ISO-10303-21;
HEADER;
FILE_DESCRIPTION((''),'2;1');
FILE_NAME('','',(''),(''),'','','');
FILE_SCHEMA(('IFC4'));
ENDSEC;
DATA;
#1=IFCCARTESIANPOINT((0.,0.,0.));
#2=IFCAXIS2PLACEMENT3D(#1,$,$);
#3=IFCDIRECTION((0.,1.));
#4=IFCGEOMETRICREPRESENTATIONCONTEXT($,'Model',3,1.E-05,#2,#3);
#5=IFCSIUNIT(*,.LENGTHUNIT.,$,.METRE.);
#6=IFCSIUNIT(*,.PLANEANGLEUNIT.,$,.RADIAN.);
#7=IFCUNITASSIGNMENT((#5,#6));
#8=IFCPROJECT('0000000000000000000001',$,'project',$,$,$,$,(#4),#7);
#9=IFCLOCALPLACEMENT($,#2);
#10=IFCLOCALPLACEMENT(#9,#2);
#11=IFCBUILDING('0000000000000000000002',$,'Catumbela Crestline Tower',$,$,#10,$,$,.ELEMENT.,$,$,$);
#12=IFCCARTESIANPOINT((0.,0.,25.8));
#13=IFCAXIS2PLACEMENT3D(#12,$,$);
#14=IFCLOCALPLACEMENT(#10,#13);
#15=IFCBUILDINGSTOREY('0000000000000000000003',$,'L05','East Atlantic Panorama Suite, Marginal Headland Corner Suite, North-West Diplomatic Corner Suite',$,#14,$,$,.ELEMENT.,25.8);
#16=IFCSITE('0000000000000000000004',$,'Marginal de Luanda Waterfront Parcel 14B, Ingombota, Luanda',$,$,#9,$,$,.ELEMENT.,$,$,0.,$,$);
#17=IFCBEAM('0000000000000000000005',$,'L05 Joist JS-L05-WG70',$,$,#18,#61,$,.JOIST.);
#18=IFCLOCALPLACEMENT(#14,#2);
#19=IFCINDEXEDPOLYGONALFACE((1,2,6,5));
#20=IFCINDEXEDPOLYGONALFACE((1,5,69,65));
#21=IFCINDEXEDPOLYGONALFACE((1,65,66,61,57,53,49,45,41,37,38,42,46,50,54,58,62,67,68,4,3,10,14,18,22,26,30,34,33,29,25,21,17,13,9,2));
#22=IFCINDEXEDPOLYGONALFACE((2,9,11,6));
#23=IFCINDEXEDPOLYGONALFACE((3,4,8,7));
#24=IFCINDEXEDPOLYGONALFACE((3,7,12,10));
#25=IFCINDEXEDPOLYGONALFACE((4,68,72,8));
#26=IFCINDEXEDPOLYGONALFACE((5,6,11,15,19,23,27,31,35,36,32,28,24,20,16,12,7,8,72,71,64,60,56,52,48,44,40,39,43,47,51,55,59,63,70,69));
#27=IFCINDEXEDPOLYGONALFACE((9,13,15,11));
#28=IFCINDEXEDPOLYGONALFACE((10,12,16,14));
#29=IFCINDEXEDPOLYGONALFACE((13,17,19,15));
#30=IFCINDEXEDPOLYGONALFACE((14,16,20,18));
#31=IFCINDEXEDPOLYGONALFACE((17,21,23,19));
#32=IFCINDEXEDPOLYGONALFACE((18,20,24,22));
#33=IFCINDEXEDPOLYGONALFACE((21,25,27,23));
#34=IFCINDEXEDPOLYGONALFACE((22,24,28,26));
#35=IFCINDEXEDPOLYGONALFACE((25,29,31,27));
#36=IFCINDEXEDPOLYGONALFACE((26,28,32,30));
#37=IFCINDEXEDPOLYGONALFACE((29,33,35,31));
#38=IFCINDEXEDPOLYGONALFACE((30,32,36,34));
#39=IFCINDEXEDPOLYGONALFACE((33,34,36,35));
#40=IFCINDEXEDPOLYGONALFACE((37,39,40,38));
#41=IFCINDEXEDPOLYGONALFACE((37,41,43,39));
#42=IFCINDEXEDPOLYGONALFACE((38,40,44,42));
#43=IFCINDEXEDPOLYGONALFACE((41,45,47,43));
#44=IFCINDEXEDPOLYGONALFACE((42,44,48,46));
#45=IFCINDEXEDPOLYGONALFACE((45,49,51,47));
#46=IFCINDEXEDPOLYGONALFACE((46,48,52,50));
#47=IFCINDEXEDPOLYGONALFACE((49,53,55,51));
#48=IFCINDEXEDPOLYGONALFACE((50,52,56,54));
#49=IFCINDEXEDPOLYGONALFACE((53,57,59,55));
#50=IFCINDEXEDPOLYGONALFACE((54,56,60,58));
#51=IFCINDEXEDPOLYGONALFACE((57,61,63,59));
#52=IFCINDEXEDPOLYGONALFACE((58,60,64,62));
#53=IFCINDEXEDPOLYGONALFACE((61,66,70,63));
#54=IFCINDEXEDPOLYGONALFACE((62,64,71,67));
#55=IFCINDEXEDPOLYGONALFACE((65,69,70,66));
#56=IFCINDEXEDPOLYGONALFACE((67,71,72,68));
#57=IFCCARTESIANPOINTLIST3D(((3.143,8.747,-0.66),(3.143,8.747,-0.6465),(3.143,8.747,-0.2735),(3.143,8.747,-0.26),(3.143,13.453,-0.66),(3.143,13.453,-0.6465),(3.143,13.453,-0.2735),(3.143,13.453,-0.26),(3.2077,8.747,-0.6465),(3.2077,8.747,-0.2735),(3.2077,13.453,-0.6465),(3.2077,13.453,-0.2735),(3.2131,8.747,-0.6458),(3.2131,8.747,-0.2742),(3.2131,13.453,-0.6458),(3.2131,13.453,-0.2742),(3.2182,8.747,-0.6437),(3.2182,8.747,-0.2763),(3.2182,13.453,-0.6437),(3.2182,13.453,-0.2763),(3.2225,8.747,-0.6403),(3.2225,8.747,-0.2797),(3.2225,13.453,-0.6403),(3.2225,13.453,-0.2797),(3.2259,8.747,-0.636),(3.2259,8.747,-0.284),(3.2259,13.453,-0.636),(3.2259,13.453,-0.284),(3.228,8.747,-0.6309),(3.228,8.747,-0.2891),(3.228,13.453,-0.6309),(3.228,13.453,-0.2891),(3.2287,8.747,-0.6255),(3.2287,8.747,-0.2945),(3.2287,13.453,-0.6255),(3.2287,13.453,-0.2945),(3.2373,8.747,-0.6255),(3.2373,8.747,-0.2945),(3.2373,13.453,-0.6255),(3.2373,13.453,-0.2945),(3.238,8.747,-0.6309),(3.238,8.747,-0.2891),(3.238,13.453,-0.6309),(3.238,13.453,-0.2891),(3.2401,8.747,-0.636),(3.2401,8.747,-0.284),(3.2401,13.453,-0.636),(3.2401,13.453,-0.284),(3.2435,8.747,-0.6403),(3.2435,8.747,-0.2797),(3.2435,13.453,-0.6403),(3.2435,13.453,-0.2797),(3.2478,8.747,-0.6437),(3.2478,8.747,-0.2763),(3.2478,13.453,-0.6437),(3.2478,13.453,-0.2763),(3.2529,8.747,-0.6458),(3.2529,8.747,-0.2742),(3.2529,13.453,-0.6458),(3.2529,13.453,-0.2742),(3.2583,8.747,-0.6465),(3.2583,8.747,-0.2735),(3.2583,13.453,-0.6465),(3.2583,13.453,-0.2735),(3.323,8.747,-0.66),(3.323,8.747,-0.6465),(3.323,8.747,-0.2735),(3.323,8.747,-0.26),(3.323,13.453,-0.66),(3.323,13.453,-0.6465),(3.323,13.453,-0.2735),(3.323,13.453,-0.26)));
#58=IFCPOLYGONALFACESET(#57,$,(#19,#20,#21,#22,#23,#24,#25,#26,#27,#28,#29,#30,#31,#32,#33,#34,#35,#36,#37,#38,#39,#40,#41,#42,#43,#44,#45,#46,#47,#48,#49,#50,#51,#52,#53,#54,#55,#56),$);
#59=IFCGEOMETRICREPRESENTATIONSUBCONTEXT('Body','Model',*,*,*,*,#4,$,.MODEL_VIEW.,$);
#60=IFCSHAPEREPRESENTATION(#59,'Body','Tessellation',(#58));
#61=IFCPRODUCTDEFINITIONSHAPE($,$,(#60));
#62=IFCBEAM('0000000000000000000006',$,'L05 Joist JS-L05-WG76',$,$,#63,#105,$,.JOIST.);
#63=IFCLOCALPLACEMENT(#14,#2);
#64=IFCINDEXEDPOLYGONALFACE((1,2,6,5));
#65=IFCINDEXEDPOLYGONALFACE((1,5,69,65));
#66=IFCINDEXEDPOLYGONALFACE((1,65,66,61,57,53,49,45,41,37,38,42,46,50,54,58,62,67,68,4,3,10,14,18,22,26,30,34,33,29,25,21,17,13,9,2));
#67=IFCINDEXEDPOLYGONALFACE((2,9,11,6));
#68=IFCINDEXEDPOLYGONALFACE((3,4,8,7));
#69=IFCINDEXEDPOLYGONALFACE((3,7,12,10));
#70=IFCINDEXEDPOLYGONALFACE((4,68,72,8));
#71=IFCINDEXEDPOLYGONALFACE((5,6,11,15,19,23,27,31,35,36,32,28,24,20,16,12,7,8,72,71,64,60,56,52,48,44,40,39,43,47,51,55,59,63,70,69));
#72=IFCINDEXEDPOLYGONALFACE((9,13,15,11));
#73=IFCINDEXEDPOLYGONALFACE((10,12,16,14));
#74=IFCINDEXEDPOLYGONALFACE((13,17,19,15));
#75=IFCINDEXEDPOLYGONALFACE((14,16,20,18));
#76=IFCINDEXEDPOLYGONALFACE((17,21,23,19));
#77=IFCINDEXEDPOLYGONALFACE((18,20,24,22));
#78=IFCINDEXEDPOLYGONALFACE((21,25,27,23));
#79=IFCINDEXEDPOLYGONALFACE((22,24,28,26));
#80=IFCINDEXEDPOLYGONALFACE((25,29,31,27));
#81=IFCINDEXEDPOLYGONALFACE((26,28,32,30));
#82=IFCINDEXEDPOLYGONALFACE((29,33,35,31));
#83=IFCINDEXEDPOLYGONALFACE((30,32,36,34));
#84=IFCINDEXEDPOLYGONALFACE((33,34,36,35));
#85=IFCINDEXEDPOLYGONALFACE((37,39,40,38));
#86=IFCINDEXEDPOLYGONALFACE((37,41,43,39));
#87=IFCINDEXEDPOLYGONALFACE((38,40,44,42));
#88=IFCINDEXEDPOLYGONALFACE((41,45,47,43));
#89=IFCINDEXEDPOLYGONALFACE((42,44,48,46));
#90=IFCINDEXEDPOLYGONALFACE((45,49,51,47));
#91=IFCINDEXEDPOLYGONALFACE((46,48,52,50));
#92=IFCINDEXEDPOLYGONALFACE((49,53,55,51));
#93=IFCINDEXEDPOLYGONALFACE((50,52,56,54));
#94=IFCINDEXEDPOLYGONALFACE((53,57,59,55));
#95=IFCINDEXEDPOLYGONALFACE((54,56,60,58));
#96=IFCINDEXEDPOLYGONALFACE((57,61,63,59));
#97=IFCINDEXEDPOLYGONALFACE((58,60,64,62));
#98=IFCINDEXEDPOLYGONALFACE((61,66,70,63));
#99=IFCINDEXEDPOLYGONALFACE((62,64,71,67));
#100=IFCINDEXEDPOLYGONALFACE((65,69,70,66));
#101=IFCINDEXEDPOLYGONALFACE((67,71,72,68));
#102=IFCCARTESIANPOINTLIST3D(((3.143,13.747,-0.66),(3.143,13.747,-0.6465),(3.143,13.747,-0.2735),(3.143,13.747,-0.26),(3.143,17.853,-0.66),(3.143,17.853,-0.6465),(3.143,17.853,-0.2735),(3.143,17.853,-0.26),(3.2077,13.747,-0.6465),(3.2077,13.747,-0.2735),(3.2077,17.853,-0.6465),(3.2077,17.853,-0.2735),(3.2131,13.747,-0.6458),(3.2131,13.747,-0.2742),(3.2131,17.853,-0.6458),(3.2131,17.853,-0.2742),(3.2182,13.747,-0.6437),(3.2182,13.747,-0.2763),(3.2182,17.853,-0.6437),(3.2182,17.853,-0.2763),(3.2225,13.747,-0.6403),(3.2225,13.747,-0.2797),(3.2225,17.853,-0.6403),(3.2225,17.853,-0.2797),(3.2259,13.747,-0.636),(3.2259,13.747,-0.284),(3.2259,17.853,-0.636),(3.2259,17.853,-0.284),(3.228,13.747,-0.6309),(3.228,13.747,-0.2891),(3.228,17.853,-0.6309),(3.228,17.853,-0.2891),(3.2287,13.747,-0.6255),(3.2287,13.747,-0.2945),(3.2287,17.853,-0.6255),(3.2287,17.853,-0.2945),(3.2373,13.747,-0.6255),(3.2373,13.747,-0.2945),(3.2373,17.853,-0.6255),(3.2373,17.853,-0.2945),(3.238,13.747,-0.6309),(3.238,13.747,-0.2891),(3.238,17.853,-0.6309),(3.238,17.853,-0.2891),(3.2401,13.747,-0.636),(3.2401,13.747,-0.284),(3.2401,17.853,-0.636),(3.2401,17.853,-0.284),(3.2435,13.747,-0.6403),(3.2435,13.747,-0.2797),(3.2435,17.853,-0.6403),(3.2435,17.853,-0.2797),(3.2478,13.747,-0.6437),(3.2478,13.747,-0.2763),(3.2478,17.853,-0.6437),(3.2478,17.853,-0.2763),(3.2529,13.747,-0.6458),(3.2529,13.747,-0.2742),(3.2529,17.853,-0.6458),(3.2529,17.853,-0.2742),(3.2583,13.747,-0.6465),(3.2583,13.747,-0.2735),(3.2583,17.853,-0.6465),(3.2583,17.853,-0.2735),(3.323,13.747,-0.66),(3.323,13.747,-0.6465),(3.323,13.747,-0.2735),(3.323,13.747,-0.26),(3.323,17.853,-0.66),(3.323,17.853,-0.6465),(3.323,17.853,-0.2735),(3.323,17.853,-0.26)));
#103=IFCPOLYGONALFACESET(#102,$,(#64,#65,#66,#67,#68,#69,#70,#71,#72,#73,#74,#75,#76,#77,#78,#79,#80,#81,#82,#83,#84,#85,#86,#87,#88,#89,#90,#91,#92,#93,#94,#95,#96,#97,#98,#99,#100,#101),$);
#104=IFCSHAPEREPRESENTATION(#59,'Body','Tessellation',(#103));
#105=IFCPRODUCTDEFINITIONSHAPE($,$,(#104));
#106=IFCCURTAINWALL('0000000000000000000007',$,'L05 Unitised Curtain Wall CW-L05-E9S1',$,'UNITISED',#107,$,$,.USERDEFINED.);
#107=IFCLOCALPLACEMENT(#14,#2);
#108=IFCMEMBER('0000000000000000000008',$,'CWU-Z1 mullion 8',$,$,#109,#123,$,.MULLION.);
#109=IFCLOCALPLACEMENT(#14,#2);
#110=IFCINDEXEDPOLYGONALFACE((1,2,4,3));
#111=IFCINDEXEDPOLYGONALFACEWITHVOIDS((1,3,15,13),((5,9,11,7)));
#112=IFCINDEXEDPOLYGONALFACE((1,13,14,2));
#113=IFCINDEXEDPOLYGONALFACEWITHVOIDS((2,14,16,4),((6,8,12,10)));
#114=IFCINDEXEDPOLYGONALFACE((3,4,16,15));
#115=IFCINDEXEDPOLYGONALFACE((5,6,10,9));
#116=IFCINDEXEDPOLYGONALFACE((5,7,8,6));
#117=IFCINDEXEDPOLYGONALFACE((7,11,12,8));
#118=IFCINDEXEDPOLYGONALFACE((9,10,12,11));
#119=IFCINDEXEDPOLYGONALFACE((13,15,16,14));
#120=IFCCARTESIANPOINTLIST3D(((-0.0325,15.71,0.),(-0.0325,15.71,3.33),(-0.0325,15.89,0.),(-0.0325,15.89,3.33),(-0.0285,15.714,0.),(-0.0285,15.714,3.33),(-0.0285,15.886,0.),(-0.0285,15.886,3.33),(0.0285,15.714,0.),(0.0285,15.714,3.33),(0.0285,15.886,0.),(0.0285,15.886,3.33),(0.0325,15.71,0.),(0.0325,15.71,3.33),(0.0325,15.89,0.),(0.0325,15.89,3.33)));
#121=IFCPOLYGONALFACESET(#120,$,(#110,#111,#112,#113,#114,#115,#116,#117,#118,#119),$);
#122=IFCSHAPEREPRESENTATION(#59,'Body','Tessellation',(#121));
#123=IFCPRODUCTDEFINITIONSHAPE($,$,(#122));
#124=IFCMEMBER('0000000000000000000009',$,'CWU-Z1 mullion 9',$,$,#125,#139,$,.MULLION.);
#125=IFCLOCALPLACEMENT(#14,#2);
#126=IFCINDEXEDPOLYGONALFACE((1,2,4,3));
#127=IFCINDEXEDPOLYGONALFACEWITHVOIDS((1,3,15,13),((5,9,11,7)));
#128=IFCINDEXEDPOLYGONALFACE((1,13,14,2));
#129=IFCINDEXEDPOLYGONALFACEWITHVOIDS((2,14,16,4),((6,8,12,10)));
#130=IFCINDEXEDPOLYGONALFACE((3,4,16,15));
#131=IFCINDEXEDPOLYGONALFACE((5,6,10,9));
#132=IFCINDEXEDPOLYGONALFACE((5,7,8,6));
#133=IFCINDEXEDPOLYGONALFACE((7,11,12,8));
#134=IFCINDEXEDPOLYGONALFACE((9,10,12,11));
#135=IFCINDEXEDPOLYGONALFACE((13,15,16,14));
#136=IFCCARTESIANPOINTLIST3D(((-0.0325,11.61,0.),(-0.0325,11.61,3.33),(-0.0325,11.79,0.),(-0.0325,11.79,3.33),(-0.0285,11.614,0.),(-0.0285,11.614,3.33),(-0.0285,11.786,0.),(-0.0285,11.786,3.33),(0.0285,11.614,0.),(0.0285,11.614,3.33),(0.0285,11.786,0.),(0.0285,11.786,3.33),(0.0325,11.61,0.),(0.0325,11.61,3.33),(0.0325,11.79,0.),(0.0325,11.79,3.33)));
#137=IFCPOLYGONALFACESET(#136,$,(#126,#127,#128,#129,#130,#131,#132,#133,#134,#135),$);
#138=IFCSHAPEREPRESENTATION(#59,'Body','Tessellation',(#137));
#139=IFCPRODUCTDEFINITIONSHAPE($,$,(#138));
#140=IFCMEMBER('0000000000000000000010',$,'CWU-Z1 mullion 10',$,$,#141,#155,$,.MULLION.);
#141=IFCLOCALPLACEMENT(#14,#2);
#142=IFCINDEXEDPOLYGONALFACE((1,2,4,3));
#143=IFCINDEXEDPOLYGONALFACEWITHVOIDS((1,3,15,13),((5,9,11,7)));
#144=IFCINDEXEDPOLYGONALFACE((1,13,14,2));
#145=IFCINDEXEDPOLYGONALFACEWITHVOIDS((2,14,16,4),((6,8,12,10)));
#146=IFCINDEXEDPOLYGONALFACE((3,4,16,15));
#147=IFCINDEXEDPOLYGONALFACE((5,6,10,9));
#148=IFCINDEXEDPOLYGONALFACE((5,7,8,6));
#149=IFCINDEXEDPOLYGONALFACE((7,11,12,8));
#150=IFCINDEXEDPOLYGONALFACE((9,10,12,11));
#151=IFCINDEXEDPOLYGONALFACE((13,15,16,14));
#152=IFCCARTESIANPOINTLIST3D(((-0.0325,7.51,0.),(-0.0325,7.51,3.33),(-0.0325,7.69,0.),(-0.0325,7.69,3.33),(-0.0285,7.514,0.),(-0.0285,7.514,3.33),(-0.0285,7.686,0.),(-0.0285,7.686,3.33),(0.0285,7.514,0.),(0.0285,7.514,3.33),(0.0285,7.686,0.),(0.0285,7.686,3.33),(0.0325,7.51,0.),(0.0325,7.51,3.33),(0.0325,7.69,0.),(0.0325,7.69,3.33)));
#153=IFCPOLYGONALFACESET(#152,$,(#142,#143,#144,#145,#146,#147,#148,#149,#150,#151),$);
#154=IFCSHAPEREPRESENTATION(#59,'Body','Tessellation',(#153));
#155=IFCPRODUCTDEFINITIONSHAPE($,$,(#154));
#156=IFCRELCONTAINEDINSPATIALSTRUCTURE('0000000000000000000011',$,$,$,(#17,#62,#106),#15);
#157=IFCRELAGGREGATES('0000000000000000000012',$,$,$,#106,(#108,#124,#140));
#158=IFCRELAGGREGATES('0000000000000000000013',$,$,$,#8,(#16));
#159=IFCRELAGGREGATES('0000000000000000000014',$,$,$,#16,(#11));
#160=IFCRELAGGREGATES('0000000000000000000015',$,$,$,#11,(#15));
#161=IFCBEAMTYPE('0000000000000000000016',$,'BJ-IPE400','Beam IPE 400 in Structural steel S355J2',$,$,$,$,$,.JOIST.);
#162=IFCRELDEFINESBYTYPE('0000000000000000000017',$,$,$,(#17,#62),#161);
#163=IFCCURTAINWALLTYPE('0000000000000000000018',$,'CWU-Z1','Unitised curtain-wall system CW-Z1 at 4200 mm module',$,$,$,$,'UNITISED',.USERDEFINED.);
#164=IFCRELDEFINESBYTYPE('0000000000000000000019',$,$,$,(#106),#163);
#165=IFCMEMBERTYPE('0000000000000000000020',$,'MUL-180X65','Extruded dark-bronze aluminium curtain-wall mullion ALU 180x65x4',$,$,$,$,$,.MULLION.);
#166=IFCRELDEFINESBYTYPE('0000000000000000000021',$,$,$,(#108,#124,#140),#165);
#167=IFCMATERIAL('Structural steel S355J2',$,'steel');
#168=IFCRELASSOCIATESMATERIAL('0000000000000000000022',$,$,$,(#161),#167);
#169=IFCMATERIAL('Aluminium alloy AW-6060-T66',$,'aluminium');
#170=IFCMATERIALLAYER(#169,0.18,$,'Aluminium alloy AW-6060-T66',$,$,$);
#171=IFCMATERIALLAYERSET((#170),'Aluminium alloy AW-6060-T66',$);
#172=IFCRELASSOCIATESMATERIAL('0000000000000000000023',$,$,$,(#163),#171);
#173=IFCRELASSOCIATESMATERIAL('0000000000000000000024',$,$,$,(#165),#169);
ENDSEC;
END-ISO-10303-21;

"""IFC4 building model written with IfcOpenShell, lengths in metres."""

from ifc_helpers import new_model, si_unit, direction, frame, origin, origin_2d, place, context, subcontext, project, spatial, hollow_rectangle, i_section, extrude, material, layer, layer_set, material_profile, profile_set, type_object, element, aggregate, save


model = new_model("IFC4")

# Units and contexts
model_context = context("Model", 3, precision=1e-05, world=origin(), true_north=direction((0.0, 1.0)))
body_context = subcontext(model_context, "Body", "Model", "MODEL_VIEW")
ifc_project = project(units=[si_unit("LENGTHUNIT", "METRE"), si_unit("PLANEANGLEUNIT", "RADIAN")], contexts=[model_context])

# Site, building, storey
site_placement = place(None, origin())
site = spatial("IfcSite", under=ifc_project, at=site_placement, Name="Marginal de Luanda Waterfront Parcel 14B, Ingombota, Luanda", CompositionType="ELEMENT", RefElevation=0.0)
building_placement = place(site_placement, origin())
building = spatial("IfcBuilding", under=site, at=building_placement, Name="Catumbela Crestline Tower", CompositionType="ELEMENT")
storey_placement = place(building_placement, frame((0.0, 0.0, 25.8)))
storey = spatial("IfcBuildingStorey", under=building, at=storey_placement, Name="L05", Description="East Atlantic Panorama Suite, Marginal Headland Corner Suite, North-West Diplomatic Corner Suite", CompositionType="ELEMENT", Elevation=25.8)

# Beams
ifc_material_1 = material(Name="Structural steel S355J2", Category="steel")
ifc_material_profile_1 = material_profile(ifc_material_1, i_section(OverallWidth=0.18, OverallDepth=0.4, WebThickness=0.0086, FlangeThickness=0.0135, FilletRadius=0.021, at=origin_2d()), Name="IPE 400")
ifc_profile_set_1 = profile_set([ifc_material_profile_1], Name="Structural steel S355J2")
beam_type_1 = type_object("IfcBeamType", Name="BJ-IPE400", Description="Beam IPE 400 in Structural steel S355J2", PredefinedType="JOIST", material=ifc_profile_set_1)
beam_1_placement = place(storey_placement, frame((3.233, 8.747, -0.46), z_axis=(0.0, 1.0, 0.0), x_axis=(-1.0, 0.0, 0.0)))
element("IfcBeam", 1, at=beam_1_placement, inside=storey, type_object=beam_type_1, Name="L05 Joist JS-L05-WG70", PredefinedType="JOIST", context=body_context, shape_type="SweptSolid", body=[
    extrude(i_section(OverallWidth=0.18, OverallDepth=0.4, WebThickness=0.0086, FlangeThickness=0.0135, FilletRadius=0.021, at=origin_2d()), origin(), (0.0, 0.0, 1.0), 4.706),
])
beam_2_placement = place(storey_placement, frame((3.233, 13.747, -0.46), z_axis=(0.0, 1.0, 0.0), x_axis=(-1.0, 0.0, 0.0)))
element("IfcBeam", 2, at=beam_2_placement, inside=storey, type_object=beam_type_1, Name="L05 Joist JS-L05-WG76", PredefinedType="JOIST", context=body_context, shape_type="SweptSolid", body=[
    extrude(i_section(OverallWidth=0.18, OverallDepth=0.4, WebThickness=0.0086, FlangeThickness=0.0135, FilletRadius=0.021, at=origin_2d()), origin(), (0.0, 0.0, 1.0), 4.106),
])

# Curtain wall, members
ifc_material_2 = material(Name="Aluminium alloy AW-6060-T66", Category="aluminium")
ifc_layer_1 = layer(ifc_material_2, 0.18, Name="Aluminium alloy AW-6060-T66")
ifc_layer_set_1 = layer_set([ifc_layer_1], Name="Aluminium alloy AW-6060-T66")
curtain_wall_type = type_object("IfcCurtainWallType", Name="CWU-Z1", Description="Unitised curtain-wall system CW-Z1 at 4200 mm module", ElementType="UNITISED", PredefinedType="USERDEFINED", material=ifc_layer_set_1)
curtain_wall_placement = place(storey_placement, origin())
curtain_wall = element("IfcCurtainWall", 3, at=curtain_wall_placement, inside=storey, type_object=curtain_wall_type, Name="L05 Unitised Curtain Wall CW-L05-E9S1", ObjectType="UNITISED", PredefinedType="USERDEFINED")
ifc_material_profile_2 = material_profile(ifc_material_2, hollow_rectangle(XDim=0.065, YDim=0.18, WallThickness=0.004, at=origin_2d()), Name="ALU 180x65x4")
ifc_profile_set_2 = profile_set([ifc_material_profile_2], Name="Aluminium alloy AW-6060-T66")
member_type_1 = type_object("IfcMemberType", Name="MUL-180X65", Description="Extruded dark-bronze aluminium curtain-wall mullion ALU 180x65x4", PredefinedType="MULLION", material=ifc_profile_set_2)
member_1_placement = place(storey_placement, frame((0.0, 15.8, 0.0), z_axis=(0.0, 0.0, 1.0), x_axis=(1.0, 0.0, 0.0)))
member_1 = element("IfcMember", 4, at=member_1_placement, type_object=member_type_1, Name="CWU-Z1 mullion 8", PredefinedType="MULLION", context=body_context, shape_type="SweptSolid", body=[
    extrude(hollow_rectangle(XDim=0.065, YDim=0.18, WallThickness=0.004, at=origin_2d()), origin(), (0.0, 0.0, 1.0), 3.33),
])
member_2_placement = place(storey_placement, frame((0.0, 11.7, 0.0), z_axis=(0.0, 0.0, 1.0), x_axis=(1.0, 0.0, 0.0)))
member_2 = element("IfcMember", 5, at=member_2_placement, type_object=member_type_1, Name="CWU-Z1 mullion 9", PredefinedType="MULLION", context=body_context, shape_type="SweptSolid", body=[
    extrude(hollow_rectangle(XDim=0.065, YDim=0.18, WallThickness=0.004, at=origin_2d()), origin(), (0.0, 0.0, 1.0), 3.33),
])
member_3_placement = place(storey_placement, frame((0.0, 7.6, 0.0), z_axis=(0.0, 0.0, 1.0), x_axis=(1.0, 0.0, 0.0)))
member_3 = element("IfcMember", 6, at=member_3_placement, type_object=member_type_1, Name="CWU-Z1 mullion 10", PredefinedType="MULLION", context=body_context, shape_type="SweptSolid", body=[
    extrude(hollow_rectangle(XDim=0.065, YDim=0.18, WallThickness=0.004, at=origin_2d()), origin(), (0.0, 0.0, 1.0), 3.33),
])

aggregate(curtain_wall, [member_1, member_2, member_3])

save(model, "model.ifc")
